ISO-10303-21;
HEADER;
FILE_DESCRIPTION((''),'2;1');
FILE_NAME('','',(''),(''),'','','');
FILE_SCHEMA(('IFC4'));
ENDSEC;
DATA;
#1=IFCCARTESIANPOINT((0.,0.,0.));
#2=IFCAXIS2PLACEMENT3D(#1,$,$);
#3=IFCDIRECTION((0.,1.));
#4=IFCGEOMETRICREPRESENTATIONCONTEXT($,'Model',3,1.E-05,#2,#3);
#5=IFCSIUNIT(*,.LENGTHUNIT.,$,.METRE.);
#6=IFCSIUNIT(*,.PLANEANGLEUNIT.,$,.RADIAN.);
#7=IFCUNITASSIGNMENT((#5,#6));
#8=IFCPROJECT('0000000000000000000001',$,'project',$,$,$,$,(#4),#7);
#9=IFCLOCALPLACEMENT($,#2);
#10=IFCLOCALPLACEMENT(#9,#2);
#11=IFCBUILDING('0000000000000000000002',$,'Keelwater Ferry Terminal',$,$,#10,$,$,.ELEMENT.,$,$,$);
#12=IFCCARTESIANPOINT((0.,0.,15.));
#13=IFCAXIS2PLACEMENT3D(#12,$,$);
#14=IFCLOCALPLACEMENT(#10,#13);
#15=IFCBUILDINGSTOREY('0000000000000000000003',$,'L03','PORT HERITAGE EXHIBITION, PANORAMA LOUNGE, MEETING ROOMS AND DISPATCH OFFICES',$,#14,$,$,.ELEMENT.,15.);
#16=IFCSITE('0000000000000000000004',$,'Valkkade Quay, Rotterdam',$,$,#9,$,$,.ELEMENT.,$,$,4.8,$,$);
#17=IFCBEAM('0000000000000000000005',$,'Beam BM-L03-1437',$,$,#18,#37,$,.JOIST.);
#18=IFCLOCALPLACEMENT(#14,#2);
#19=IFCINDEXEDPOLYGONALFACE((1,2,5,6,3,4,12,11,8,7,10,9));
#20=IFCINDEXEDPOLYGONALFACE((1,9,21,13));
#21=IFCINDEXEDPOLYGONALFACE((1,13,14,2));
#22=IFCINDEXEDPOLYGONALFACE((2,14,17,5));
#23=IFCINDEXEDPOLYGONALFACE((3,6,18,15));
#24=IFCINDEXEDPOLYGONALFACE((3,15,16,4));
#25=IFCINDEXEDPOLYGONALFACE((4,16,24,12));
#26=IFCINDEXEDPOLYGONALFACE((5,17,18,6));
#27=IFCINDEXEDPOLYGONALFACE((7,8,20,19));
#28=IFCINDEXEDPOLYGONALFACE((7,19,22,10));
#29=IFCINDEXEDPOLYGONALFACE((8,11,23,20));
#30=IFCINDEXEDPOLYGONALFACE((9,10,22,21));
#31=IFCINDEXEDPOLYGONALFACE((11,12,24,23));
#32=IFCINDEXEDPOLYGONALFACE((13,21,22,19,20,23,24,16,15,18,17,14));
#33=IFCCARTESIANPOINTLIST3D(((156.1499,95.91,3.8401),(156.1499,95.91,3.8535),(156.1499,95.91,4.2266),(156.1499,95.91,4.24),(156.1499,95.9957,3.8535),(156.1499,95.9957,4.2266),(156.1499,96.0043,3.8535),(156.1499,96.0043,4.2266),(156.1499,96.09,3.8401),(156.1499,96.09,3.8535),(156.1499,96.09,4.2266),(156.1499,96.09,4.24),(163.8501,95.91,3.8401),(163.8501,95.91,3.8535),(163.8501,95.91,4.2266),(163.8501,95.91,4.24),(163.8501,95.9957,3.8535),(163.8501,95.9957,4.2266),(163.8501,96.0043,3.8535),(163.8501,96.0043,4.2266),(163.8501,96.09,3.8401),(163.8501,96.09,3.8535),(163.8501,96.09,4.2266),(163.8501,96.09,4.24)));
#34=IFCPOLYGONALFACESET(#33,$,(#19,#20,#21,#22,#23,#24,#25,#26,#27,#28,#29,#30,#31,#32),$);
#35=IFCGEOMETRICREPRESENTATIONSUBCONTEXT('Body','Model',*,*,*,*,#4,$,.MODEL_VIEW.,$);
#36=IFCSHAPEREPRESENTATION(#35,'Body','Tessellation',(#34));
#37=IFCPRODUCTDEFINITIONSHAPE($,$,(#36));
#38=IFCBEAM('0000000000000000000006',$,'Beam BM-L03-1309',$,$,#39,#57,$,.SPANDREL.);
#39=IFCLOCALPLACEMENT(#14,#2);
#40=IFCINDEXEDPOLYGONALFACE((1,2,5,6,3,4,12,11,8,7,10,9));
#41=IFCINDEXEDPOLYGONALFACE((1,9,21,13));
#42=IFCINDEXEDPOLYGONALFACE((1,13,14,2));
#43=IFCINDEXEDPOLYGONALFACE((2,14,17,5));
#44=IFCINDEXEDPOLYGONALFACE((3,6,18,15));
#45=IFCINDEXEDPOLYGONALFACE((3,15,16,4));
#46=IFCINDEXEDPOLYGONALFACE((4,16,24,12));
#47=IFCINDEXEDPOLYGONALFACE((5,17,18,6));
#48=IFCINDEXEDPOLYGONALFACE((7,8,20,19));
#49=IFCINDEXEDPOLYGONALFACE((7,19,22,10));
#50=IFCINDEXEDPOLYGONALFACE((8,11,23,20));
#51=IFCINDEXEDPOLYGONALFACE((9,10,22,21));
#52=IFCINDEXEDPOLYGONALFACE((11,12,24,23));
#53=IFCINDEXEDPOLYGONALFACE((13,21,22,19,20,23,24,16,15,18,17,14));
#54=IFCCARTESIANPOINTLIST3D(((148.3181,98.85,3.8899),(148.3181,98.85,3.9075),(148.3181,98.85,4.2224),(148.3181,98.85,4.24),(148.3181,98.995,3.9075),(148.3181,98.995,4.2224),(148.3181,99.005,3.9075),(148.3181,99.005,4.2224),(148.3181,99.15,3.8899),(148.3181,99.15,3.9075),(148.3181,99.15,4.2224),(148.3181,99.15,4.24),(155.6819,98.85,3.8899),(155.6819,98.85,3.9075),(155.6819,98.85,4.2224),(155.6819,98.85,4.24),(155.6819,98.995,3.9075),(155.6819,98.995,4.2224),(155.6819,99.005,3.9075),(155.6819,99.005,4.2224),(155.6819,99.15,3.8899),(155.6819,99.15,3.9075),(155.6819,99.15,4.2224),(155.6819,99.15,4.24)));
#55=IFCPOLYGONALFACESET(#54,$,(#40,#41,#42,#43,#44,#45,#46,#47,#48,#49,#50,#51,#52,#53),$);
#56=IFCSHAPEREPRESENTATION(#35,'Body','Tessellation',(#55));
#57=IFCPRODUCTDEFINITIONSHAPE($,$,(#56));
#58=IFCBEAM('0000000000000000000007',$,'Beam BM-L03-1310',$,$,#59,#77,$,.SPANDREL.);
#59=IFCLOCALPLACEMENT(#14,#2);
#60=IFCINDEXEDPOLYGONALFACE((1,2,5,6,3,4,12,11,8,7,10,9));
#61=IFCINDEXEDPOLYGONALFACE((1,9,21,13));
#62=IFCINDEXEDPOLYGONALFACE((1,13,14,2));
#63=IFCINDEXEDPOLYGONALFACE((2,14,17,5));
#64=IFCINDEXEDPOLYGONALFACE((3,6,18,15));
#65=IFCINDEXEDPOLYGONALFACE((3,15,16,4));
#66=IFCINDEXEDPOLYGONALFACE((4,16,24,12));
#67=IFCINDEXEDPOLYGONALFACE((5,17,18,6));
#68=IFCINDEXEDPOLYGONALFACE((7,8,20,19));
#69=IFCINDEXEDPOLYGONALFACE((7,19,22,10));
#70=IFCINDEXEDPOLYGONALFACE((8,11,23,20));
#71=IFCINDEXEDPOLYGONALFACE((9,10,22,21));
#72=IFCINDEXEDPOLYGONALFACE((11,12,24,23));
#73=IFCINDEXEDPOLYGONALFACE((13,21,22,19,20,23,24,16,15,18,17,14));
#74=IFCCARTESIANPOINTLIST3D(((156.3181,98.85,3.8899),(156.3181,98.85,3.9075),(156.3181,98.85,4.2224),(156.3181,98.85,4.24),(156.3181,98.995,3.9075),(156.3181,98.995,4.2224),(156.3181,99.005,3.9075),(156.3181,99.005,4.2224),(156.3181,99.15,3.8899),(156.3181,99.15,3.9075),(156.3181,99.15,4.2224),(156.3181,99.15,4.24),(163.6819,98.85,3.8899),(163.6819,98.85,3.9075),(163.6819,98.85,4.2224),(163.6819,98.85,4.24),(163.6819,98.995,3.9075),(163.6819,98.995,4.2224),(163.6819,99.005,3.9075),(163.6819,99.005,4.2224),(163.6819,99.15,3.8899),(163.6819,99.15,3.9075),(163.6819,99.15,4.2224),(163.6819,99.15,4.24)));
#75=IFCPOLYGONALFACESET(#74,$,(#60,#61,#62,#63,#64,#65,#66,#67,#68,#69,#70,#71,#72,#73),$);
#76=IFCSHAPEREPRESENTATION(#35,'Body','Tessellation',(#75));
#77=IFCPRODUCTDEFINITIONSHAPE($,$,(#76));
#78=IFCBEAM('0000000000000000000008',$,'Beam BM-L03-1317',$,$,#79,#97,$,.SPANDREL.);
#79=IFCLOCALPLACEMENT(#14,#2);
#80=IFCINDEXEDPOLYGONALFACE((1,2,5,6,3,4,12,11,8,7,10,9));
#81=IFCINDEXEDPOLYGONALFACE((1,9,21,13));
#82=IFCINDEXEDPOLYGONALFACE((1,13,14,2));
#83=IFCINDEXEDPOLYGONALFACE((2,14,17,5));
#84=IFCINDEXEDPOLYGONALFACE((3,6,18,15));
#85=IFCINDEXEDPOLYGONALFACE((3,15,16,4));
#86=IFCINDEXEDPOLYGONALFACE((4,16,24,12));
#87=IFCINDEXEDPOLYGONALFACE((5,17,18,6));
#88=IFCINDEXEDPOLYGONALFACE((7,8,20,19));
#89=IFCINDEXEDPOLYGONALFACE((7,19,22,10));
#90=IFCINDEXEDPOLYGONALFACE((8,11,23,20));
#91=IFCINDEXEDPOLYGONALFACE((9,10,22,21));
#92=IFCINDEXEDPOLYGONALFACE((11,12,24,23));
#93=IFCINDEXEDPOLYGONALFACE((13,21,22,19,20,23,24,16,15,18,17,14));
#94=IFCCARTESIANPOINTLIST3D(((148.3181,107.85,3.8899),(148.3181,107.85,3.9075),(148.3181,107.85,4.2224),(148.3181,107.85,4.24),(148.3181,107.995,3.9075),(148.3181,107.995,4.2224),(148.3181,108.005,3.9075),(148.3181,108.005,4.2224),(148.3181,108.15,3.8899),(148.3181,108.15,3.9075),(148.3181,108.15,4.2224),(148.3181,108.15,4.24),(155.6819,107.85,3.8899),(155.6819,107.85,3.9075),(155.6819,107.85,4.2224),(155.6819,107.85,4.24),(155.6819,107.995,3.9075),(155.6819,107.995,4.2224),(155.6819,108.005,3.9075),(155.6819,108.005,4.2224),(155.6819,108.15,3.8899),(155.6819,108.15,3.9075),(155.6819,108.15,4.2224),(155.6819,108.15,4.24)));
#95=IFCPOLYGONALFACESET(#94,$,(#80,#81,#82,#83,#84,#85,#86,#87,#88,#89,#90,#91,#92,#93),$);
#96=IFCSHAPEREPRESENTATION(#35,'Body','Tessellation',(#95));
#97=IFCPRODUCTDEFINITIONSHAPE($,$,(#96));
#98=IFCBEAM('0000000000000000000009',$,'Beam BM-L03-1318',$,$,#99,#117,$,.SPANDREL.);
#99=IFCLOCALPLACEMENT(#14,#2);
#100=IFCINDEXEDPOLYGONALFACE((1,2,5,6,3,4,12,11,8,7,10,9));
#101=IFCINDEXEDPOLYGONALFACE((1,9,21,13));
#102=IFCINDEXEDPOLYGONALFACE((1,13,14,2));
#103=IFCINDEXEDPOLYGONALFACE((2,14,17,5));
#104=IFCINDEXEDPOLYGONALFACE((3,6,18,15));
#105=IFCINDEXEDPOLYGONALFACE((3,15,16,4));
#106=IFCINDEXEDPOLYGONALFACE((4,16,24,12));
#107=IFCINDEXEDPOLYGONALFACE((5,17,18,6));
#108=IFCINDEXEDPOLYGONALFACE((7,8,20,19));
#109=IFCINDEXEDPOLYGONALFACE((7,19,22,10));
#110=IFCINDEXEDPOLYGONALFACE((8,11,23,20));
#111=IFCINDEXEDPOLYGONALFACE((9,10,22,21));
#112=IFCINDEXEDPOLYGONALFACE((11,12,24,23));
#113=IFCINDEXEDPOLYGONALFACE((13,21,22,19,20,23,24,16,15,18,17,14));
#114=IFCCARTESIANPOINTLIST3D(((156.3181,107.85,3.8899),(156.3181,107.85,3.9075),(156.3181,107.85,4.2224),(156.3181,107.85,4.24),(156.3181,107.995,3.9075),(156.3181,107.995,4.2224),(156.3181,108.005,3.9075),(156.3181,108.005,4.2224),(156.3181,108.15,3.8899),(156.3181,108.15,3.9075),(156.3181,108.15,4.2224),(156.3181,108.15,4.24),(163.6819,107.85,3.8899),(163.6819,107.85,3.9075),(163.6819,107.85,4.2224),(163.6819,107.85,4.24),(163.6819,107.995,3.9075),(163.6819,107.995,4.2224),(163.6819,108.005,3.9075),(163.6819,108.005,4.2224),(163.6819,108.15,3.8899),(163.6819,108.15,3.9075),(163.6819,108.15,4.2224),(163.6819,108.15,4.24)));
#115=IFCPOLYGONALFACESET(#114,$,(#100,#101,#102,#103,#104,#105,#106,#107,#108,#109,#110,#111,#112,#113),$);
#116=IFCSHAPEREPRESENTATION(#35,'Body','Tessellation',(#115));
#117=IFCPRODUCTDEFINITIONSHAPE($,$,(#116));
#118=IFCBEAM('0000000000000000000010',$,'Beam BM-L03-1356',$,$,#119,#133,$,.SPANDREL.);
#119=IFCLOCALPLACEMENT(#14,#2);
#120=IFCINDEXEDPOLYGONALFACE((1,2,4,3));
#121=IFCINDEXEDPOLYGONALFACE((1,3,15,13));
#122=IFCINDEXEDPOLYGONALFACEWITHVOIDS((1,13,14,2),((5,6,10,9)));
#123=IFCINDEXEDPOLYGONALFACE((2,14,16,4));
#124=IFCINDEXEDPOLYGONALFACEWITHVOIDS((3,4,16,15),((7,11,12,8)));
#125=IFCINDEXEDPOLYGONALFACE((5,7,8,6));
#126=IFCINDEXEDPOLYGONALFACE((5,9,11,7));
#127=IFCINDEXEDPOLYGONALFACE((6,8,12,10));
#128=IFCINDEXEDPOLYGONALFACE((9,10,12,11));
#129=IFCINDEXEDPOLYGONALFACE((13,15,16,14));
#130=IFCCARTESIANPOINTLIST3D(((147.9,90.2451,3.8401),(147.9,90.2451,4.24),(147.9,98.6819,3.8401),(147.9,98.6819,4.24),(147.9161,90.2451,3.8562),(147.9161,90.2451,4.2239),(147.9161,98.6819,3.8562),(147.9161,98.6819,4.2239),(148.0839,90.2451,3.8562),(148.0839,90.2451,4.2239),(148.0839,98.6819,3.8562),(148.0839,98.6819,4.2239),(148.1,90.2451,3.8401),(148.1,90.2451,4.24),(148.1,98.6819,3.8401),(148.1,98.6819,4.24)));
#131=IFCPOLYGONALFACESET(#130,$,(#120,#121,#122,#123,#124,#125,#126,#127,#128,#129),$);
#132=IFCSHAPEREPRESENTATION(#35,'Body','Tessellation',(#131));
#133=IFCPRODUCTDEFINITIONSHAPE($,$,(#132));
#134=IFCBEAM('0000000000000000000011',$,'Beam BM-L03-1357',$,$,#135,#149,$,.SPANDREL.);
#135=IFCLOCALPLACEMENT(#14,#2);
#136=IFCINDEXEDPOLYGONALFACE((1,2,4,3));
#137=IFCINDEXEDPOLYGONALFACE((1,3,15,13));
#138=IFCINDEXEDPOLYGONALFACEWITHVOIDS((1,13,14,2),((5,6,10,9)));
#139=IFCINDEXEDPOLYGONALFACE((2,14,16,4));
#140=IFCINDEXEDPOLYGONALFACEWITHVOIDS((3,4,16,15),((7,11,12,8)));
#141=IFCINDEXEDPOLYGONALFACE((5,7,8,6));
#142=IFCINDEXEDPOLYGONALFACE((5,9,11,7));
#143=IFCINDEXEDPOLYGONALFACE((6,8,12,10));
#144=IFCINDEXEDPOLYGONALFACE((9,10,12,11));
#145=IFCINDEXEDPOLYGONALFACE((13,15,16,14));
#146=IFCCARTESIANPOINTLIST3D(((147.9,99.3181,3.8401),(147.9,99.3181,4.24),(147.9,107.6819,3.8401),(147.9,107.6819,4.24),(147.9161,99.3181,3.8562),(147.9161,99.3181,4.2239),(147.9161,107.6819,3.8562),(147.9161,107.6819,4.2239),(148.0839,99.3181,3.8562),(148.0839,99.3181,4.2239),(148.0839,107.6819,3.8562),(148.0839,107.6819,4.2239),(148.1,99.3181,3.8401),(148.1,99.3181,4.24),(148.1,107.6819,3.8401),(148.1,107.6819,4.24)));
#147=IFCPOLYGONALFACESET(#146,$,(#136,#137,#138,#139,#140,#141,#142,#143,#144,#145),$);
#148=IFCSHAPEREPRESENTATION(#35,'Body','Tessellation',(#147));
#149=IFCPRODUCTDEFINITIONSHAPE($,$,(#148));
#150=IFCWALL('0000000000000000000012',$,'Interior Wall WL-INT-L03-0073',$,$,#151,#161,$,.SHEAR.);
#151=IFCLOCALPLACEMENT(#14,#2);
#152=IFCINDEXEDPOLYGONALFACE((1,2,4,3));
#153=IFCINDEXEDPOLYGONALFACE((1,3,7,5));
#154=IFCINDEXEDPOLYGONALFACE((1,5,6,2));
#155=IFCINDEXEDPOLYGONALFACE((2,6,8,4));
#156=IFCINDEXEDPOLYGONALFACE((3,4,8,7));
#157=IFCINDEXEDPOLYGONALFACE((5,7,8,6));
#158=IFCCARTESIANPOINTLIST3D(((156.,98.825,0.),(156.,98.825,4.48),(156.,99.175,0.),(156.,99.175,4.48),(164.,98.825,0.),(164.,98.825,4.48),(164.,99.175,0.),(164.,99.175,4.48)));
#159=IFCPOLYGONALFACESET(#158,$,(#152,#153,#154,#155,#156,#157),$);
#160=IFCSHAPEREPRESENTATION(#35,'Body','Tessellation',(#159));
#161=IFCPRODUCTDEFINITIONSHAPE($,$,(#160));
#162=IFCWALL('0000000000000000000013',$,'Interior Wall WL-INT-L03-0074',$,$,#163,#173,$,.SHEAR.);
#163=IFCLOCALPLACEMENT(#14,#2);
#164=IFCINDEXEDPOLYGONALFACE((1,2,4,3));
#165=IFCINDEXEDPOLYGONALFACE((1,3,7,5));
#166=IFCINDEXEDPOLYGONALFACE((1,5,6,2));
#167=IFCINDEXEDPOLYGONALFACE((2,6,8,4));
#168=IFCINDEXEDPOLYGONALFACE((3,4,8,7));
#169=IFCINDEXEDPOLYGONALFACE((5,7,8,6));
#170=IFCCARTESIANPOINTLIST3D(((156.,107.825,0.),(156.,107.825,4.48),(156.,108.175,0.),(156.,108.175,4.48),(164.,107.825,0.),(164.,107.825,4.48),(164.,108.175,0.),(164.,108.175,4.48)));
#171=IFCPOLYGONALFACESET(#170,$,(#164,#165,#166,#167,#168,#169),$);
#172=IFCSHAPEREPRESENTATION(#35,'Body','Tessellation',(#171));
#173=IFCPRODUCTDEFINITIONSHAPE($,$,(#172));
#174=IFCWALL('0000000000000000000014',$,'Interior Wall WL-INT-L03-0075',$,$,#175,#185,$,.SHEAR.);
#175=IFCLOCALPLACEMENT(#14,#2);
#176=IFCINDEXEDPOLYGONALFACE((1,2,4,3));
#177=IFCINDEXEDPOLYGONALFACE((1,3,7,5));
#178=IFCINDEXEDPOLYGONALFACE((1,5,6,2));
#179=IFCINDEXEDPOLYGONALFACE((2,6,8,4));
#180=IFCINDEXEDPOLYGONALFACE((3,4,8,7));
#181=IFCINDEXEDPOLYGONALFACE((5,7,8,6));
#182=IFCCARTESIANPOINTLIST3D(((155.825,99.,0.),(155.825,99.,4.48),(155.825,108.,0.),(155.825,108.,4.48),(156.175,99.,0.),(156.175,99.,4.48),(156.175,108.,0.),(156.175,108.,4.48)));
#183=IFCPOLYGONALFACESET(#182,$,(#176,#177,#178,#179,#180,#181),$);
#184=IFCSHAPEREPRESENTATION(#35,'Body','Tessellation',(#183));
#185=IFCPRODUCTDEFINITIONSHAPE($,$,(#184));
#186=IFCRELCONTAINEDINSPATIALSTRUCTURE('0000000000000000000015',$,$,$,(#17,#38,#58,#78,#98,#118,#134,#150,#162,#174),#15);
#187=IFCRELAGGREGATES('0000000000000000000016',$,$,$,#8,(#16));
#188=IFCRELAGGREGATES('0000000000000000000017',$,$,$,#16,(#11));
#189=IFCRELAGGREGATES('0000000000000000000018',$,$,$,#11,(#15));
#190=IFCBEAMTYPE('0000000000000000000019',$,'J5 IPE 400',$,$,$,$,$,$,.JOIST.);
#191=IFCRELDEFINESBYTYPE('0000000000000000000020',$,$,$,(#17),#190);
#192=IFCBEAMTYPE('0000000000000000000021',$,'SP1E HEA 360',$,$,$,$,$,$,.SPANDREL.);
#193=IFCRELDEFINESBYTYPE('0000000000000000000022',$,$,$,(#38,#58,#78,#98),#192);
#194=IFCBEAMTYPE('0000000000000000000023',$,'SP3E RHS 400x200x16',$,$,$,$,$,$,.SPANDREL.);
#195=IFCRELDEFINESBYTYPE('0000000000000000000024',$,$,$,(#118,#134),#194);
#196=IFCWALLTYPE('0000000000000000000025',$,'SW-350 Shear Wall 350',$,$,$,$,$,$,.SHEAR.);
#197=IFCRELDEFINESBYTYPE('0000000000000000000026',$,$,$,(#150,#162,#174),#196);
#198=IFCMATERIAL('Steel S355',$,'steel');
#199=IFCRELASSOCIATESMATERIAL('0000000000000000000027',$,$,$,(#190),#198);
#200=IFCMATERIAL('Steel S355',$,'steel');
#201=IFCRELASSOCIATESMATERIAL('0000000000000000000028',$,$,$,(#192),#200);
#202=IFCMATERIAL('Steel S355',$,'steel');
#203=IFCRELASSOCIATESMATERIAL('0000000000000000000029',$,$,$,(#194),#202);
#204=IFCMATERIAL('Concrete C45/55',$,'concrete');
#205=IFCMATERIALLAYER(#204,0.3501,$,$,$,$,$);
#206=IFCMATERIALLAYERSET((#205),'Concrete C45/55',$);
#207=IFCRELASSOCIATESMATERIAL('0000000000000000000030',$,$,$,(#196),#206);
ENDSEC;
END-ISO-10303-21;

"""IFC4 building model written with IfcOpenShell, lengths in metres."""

from ifc_helpers import new_model, si_unit, direction, frame, frame_2d, origin, origin_2d, place, context, subcontext, project, spatial, rectangle, hollow_rectangle, i_section, extrude, material, layer, layer_set, material_profile, profile_set, type_object, element, save


model = new_model("IFC4")

# Units and contexts
model_context = context("Model", 3, precision=1e-05, world=origin(), true_north=direction((0.0, 1.0)))
body_context = subcontext(model_context, "Body", "Model", "MODEL_VIEW")
ifc_project = project(units=[si_unit("LENGTHUNIT", "METRE"), si_unit("PLANEANGLEUNIT", "RADIAN")], contexts=[model_context])

# Site, building, storey
site_placement = place(None, origin())
site = spatial("IfcSite", under=ifc_project, at=site_placement, Name="Valkkade Quay, Rotterdam", CompositionType="ELEMENT", RefElevation=4.8)
building_placement = place(site_placement, origin())
building = spatial("IfcBuilding", under=site, at=building_placement, Name="Keelwater Ferry Terminal", CompositionType="ELEMENT")
storey_placement = place(building_placement, frame((0.0, 0.0, 15.0)))
storey = spatial("IfcBuildingStorey", under=building, at=storey_placement, Name="L03", Description="PORT HERITAGE EXHIBITION, PANORAMA LOUNGE, MEETING ROOMS AND DISPATCH OFFICES", CompositionType="ELEMENT", Elevation=15.0)

# Beams
ifc_material_1 = material(Name="Steel S355", Category="steel")
ifc_material_profile_1 = material_profile(ifc_material_1, i_section(OverallWidth=0.1799, OverallDepth=0.3999, WebThickness=0.0085, FlangeThickness=0.0134, at=origin_2d()), Name="IPE 400")
ifc_profile_set_1 = profile_set([ifc_material_profile_1], Name="Steel S355")
beam_type_1 = type_object("IfcBeamType", Name="J5 IPE 400", PredefinedType="JOIST", material=ifc_profile_set_1)
for number, where, z_axis, x_axis, name in (
    (1, (156.1499, 96.0, 4.04), (1.0, 0.0, 0.0), (0.0, 1.0, 0.0), "Beam BM-L03-1437"),
):
    element("IfcBeam", number, at=place(storey_placement, frame(where, z_axis=z_axis, x_axis=x_axis)), inside=storey, type_object=beam_type_1, Name=name, PredefinedType="JOIST", context=body_context, shape_type="SweptSolid", body=[
        extrude(i_section(OverallWidth=0.1799, OverallDepth=0.3999, WebThickness=0.0085, FlangeThickness=0.0134, at=origin_2d()), origin(), (0.0, 0.0, 1.0), 7.7002),
    ])
ifc_material_2 = material(Name="Steel S355", Category="steel")
ifc_material_profile_2 = material_profile(ifc_material_2, i_section(OverallWidth=0.3, OverallDepth=0.3501, WebThickness=0.01, FlangeThickness=0.0176, at=origin_2d()), Name="HEA 360")
ifc_profile_set_2 = profile_set([ifc_material_profile_2], Name="Steel S355")
beam_type_2 = type_object("IfcBeamType", Name="SP1E HEA 360", PredefinedType="SPANDREL", material=ifc_profile_set_2)
for number, where, z_axis, x_axis, name in (
    (2, (148.3181, 99.0, 4.0649), (1.0, 0.0, 0.0), (0.0, 1.0, 0.0), "Beam BM-L03-1309"),
    (3, (156.3181, 99.0, 4.0649), (1.0, 0.0, 0.0), (0.0, 1.0, 0.0), "Beam BM-L03-1310"),
    (4, (148.3181, 108.0, 4.0649), (1.0, 0.0, 0.0), (0.0, 1.0, 0.0), "Beam BM-L03-1317"),
    (5, (156.3181, 108.0, 4.0649), (1.0, 0.0, 0.0), (0.0, 1.0, 0.0), "Beam BM-L03-1318"),
):
    element("IfcBeam", number, at=place(storey_placement, frame(where, z_axis=z_axis, x_axis=x_axis)), inside=storey, type_object=beam_type_2, Name=name, PredefinedType="SPANDREL", context=body_context, shape_type="SweptSolid", body=[
        extrude(i_section(OverallWidth=0.3, OverallDepth=0.3501, WebThickness=0.01, FlangeThickness=0.0176, at=origin_2d()), origin(), (0.0, 0.0, 1.0), 7.3638),
    ])
ifc_material_3 = material(Name="Steel S355", Category="steel")
ifc_material_profile_3 = material_profile(ifc_material_3, hollow_rectangle(XDim=0.2, YDim=0.3999, WallThickness=0.0161, at=origin_2d()), Name="RHS 400x200x16")
ifc_profile_set_3 = profile_set([ifc_material_profile_3], Name="Steel S355")
beam_type_3 = type_object("IfcBeamType", Name="SP3E RHS 400x200x16", PredefinedType="SPANDREL", material=ifc_profile_set_3)
beam_1_placement = place(storey_placement, frame((148.0, 90.2451, 4.04), z_axis=(0.0, 1.0, 0.0), x_axis=(-1.0, 0.0, 0.0)))
element("IfcBeam", 6, at=beam_1_placement, inside=storey, type_object=beam_type_3, Name="Beam BM-L03-1356", PredefinedType="SPANDREL", context=body_context, shape_type="SweptSolid", body=[
    extrude(hollow_rectangle(XDim=0.2, YDim=0.3999, WallThickness=0.0161, at=origin_2d()), origin(), (0.0, 0.0, 1.0), 8.4368),
])
beam_2_placement = place(storey_placement, frame((148.0, 99.3181, 4.04), z_axis=(0.0, 1.0, 0.0), x_axis=(-1.0, 0.0, 0.0)))
element("IfcBeam", 7, at=beam_2_placement, inside=storey, type_object=beam_type_3, Name="Beam BM-L03-1357", PredefinedType="SPANDREL", context=body_context, shape_type="SweptSolid", body=[
    extrude(hollow_rectangle(XDim=0.2, YDim=0.3999, WallThickness=0.0161, at=origin_2d()), origin(), (0.0, 0.0, 1.0), 8.3638),
])

# Walls
ifc_material_4 = material(Name="Concrete C45/55", Category="concrete")
ifc_layer = layer(ifc_material_4, 0.3501)
ifc_layer_set = layer_set([ifc_layer], Name="Concrete C45/55")
wall_type = type_object("IfcWallType", Name="SW-350 Shear Wall 350", PredefinedType="SHEAR", material=ifc_layer_set)
for number, where, z_axis, x_axis, name in (
    (8, (156.0, 99.0, 0.0), (0.0, 0.0, 1.0), (1.0, 0.0, 0.0), "Interior Wall WL-INT-L03-0073"),
    (9, (156.0, 108.0, 0.0), (0.0, 0.0, 1.0), (1.0, 0.0, 0.0), "Interior Wall WL-INT-L03-0074"),
):
    element("IfcWall", number, at=place(storey_placement, frame(where, z_axis=z_axis, x_axis=x_axis)), inside=storey, type_object=wall_type, Name=name, PredefinedType="SHEAR", context=body_context, shape_type="SweptSolid", body=[
        extrude(rectangle(XDim=8.0, YDim=0.3501, at=frame_2d((4.0, 0.0))), origin(), (0.0, 0.0, 1.0), 4.48),
    ])
wall_placement = place(storey_placement, frame((156.0, 99.0, 0.0), z_axis=(0.0, 0.0, 1.0), x_axis=(0.0, 1.0, 0.0)))
element("IfcWall", 10, at=wall_placement, inside=storey, type_object=wall_type, Name="Interior Wall WL-INT-L03-0075", PredefinedType="SHEAR", context=body_context, shape_type="SweptSolid", body=[
    extrude(rectangle(XDim=9.0, YDim=0.3501, at=frame_2d((4.5, 0.0))), origin(), (0.0, 0.0, 1.0), 4.48),
])

save(model, "model.ifc")
